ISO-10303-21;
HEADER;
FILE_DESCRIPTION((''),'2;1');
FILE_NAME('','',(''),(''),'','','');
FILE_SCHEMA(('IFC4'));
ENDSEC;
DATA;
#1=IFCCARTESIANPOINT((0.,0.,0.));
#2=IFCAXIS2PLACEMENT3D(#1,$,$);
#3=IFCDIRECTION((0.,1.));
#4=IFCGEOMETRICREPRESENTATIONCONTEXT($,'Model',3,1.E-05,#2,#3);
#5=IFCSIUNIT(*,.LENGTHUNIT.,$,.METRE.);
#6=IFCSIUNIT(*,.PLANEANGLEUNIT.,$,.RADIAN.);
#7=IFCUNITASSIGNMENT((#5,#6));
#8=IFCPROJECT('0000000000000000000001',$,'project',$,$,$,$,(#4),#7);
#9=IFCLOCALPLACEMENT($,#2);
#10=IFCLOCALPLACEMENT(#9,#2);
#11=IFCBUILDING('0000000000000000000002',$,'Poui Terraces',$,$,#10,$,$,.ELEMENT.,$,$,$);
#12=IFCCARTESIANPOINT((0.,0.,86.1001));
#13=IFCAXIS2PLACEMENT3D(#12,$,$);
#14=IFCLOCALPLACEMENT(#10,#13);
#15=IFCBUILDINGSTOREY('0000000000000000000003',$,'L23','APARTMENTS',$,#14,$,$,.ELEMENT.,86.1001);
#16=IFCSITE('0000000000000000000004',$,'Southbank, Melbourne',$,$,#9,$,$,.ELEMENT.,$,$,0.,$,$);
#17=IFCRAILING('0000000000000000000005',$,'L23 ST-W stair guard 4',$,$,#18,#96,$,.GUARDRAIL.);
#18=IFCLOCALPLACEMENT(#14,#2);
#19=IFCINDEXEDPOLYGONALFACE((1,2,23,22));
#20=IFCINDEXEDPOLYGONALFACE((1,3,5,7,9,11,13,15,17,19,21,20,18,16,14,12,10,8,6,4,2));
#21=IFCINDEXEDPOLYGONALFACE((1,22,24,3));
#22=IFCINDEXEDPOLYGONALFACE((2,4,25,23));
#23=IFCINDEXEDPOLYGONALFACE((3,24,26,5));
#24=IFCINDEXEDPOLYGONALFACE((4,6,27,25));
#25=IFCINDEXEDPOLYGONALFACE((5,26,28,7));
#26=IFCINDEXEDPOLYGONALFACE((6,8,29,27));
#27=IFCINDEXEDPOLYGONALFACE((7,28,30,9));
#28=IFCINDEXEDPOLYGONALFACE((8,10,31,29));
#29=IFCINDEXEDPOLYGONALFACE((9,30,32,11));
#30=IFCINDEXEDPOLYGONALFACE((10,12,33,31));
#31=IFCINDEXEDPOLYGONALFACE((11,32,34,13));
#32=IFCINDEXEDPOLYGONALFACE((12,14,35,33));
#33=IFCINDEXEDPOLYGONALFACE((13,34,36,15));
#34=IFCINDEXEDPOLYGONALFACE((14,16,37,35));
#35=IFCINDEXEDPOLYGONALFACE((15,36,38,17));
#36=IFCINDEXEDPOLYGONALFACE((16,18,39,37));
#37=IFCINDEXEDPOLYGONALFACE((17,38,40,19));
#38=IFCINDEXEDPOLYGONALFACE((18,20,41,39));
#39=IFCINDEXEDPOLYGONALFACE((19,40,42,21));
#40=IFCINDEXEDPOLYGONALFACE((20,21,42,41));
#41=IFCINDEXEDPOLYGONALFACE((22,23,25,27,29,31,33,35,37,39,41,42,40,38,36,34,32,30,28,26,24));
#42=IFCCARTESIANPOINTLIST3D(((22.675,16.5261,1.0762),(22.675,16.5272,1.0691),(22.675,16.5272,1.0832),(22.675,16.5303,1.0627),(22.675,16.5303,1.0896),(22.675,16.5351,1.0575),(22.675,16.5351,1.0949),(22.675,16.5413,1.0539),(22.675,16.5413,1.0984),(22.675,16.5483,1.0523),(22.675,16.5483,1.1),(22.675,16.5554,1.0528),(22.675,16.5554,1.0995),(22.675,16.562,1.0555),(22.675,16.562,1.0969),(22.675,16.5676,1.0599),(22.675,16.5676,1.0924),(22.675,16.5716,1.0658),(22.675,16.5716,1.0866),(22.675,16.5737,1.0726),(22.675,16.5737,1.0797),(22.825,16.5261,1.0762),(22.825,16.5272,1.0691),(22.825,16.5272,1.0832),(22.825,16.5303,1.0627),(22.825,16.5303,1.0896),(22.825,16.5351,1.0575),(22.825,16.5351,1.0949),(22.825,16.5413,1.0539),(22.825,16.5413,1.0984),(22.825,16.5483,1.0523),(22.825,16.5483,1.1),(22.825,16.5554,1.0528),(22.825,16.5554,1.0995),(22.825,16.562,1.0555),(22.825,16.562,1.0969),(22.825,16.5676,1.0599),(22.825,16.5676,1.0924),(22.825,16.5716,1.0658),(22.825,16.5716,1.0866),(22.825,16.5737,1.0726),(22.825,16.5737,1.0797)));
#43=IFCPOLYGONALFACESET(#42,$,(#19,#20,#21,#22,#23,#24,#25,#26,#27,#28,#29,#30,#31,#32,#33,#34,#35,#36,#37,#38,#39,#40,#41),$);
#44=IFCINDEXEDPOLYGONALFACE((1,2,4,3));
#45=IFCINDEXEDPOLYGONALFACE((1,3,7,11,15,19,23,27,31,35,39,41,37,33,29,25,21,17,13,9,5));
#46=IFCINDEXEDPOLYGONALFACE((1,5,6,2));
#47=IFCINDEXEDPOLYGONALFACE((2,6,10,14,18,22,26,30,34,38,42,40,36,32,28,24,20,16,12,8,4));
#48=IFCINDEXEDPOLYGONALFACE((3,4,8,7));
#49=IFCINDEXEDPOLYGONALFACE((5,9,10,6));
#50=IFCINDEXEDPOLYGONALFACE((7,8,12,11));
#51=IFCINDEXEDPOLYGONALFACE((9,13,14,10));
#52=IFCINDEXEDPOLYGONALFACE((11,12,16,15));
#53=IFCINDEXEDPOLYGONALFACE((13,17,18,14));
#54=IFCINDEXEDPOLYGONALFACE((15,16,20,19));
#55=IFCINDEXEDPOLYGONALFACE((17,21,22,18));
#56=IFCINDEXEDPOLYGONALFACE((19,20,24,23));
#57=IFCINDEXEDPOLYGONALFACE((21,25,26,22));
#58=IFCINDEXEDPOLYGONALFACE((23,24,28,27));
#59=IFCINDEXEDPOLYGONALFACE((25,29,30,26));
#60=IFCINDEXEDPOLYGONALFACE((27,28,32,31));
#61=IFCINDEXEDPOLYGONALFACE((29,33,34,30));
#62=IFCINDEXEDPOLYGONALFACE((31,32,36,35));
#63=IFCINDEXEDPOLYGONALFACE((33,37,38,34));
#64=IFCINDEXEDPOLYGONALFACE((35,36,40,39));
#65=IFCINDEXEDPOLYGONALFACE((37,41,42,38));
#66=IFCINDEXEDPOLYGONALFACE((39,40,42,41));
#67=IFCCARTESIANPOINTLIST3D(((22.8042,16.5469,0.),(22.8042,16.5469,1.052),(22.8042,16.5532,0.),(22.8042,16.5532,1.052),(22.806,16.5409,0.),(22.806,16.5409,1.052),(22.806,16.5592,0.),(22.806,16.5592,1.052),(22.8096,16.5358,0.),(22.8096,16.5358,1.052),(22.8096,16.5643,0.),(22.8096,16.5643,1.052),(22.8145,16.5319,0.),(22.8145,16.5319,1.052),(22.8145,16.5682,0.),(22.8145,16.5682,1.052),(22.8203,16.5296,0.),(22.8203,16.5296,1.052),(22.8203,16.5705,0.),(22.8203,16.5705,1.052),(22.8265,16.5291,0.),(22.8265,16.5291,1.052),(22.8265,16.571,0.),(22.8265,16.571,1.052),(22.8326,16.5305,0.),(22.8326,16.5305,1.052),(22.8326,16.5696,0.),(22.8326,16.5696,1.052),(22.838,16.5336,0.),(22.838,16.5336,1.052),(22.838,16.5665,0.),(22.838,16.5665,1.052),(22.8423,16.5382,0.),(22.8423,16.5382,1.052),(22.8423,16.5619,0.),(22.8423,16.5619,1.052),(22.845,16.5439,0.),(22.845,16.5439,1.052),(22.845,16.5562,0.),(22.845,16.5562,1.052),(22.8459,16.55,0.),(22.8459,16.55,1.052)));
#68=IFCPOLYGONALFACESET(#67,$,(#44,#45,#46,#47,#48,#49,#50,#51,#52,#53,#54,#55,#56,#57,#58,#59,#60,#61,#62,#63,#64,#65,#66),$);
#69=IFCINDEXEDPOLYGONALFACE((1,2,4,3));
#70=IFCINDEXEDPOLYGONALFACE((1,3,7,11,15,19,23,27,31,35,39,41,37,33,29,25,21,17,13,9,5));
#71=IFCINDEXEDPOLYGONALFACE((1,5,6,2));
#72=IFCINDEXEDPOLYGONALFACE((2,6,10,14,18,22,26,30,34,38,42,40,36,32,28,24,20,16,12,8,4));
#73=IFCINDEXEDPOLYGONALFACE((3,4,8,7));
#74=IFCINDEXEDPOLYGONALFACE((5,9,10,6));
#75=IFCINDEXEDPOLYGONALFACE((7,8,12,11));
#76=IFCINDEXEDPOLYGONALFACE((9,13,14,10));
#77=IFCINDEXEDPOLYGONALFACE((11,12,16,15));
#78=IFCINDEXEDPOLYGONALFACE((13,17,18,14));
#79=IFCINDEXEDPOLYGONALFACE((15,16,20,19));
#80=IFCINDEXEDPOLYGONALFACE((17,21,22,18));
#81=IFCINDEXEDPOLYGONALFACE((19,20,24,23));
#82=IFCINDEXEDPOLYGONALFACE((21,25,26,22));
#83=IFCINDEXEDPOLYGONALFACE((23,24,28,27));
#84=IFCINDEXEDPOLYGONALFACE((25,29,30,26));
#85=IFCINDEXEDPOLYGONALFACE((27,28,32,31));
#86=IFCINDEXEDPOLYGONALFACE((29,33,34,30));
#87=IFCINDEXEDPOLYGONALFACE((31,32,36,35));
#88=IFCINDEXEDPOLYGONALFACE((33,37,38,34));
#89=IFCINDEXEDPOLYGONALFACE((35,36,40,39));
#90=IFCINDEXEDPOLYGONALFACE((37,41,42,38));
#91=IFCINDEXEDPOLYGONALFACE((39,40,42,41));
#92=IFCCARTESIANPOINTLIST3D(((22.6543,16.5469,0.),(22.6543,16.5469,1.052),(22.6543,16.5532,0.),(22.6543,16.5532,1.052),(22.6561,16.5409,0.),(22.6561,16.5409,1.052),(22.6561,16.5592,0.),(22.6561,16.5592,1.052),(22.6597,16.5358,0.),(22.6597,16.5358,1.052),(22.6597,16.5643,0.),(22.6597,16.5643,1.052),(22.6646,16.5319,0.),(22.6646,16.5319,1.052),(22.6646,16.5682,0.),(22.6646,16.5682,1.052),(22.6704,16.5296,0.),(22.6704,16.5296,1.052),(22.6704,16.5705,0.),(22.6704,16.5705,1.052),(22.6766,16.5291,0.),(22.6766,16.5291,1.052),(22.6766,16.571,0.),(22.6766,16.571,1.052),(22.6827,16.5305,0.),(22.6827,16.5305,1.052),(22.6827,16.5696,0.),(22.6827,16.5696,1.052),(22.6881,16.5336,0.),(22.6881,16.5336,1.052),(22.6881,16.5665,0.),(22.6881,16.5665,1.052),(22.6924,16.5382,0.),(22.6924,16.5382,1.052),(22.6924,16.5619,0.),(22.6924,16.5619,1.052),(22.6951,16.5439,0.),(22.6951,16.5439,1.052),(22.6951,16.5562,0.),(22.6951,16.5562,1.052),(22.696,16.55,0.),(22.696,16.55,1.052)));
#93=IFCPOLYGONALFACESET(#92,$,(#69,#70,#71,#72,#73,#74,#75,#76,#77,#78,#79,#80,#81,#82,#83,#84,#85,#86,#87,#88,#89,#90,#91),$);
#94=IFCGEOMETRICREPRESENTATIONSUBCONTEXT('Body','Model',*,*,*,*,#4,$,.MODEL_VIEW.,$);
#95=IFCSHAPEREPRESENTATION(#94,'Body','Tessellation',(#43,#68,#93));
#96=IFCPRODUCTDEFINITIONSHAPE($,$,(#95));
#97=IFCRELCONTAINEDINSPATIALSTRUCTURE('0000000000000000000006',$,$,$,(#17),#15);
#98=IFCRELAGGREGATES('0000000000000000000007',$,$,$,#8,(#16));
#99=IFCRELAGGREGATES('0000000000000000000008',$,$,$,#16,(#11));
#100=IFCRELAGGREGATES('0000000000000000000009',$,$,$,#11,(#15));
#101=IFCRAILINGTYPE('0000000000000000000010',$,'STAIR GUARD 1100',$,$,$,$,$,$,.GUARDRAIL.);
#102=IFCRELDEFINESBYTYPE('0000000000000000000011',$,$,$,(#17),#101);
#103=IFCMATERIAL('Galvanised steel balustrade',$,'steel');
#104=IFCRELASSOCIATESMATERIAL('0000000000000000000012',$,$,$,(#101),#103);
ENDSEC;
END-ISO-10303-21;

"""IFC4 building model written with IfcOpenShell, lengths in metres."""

from ifc_helpers import new_model, si_unit, direction, frame, origin, origin_2d, place, context, subcontext, project, spatial, circle, extrude, material, type_object, element, save


model = new_model("IFC4")

# Units and contexts
model_context = context("Model", 3, precision=1e-05, world=origin(), true_north=direction((0.0, 1.0)))
body_context = subcontext(model_context, "Body", "Model", "MODEL_VIEW")
ifc_project = project(units=[si_unit("LENGTHUNIT", "METRE"), si_unit("PLANEANGLEUNIT", "RADIAN")], contexts=[model_context])

# Site, building, storey
site_placement = place(None, origin())
site = spatial("IfcSite", under=ifc_project, at=site_placement, Name="Southbank, Melbourne", CompositionType="ELEMENT", RefElevation=0.0)
building_placement = place(site_placement, origin())
building = spatial("IfcBuilding", under=site, at=building_placement, Name="Poui Terraces", CompositionType="ELEMENT")
storey_placement = place(building_placement, frame((0.0, 0.0, 86.1001)))
storey = spatial("IfcBuildingStorey", under=building, at=storey_placement, Name="L23", Description="APARTMENTS", CompositionType="ELEMENT", Elevation=86.1001)

# Railing
ifc_material_1 = material(Name="Galvanised steel balustrade", Category="steel")
railing_type_1 = type_object("IfcRailingType", Name="STAIR GUARD 1100", PredefinedType="GUARDRAIL", material=ifc_material_1)
railing_1_placement = place(storey_placement, frame((22.825, 16.55, 0.0)))
element("IfcRailing", 1, at=railing_1_placement, inside=storey, type_object=railing_type_1, Name="L23 ST-W stair guard 4", PredefinedType="GUARDRAIL", context=body_context, shape_type="SweptSolid", body=[
    extrude(circle(Radius=0.0239, at=origin_2d()), frame((0.0, 0.0, 1.0762), z_axis=(-1.0, 0.0, 0.0), x_axis=(0.0, -1.0, 0.0)), (0.0, 0.0, 1.0), 0.1499),
    extrude(circle(Radius=0.021, at=origin_2d()), origin(), (0.0, 0.0, 1.0), 1.052),
    extrude(circle(Radius=0.021, at=origin_2d()), frame((-0.1499, 0.0, 0.0)), (0.0, 0.0, 1.0), 1.052),
])

save(model, "model.ifc")
